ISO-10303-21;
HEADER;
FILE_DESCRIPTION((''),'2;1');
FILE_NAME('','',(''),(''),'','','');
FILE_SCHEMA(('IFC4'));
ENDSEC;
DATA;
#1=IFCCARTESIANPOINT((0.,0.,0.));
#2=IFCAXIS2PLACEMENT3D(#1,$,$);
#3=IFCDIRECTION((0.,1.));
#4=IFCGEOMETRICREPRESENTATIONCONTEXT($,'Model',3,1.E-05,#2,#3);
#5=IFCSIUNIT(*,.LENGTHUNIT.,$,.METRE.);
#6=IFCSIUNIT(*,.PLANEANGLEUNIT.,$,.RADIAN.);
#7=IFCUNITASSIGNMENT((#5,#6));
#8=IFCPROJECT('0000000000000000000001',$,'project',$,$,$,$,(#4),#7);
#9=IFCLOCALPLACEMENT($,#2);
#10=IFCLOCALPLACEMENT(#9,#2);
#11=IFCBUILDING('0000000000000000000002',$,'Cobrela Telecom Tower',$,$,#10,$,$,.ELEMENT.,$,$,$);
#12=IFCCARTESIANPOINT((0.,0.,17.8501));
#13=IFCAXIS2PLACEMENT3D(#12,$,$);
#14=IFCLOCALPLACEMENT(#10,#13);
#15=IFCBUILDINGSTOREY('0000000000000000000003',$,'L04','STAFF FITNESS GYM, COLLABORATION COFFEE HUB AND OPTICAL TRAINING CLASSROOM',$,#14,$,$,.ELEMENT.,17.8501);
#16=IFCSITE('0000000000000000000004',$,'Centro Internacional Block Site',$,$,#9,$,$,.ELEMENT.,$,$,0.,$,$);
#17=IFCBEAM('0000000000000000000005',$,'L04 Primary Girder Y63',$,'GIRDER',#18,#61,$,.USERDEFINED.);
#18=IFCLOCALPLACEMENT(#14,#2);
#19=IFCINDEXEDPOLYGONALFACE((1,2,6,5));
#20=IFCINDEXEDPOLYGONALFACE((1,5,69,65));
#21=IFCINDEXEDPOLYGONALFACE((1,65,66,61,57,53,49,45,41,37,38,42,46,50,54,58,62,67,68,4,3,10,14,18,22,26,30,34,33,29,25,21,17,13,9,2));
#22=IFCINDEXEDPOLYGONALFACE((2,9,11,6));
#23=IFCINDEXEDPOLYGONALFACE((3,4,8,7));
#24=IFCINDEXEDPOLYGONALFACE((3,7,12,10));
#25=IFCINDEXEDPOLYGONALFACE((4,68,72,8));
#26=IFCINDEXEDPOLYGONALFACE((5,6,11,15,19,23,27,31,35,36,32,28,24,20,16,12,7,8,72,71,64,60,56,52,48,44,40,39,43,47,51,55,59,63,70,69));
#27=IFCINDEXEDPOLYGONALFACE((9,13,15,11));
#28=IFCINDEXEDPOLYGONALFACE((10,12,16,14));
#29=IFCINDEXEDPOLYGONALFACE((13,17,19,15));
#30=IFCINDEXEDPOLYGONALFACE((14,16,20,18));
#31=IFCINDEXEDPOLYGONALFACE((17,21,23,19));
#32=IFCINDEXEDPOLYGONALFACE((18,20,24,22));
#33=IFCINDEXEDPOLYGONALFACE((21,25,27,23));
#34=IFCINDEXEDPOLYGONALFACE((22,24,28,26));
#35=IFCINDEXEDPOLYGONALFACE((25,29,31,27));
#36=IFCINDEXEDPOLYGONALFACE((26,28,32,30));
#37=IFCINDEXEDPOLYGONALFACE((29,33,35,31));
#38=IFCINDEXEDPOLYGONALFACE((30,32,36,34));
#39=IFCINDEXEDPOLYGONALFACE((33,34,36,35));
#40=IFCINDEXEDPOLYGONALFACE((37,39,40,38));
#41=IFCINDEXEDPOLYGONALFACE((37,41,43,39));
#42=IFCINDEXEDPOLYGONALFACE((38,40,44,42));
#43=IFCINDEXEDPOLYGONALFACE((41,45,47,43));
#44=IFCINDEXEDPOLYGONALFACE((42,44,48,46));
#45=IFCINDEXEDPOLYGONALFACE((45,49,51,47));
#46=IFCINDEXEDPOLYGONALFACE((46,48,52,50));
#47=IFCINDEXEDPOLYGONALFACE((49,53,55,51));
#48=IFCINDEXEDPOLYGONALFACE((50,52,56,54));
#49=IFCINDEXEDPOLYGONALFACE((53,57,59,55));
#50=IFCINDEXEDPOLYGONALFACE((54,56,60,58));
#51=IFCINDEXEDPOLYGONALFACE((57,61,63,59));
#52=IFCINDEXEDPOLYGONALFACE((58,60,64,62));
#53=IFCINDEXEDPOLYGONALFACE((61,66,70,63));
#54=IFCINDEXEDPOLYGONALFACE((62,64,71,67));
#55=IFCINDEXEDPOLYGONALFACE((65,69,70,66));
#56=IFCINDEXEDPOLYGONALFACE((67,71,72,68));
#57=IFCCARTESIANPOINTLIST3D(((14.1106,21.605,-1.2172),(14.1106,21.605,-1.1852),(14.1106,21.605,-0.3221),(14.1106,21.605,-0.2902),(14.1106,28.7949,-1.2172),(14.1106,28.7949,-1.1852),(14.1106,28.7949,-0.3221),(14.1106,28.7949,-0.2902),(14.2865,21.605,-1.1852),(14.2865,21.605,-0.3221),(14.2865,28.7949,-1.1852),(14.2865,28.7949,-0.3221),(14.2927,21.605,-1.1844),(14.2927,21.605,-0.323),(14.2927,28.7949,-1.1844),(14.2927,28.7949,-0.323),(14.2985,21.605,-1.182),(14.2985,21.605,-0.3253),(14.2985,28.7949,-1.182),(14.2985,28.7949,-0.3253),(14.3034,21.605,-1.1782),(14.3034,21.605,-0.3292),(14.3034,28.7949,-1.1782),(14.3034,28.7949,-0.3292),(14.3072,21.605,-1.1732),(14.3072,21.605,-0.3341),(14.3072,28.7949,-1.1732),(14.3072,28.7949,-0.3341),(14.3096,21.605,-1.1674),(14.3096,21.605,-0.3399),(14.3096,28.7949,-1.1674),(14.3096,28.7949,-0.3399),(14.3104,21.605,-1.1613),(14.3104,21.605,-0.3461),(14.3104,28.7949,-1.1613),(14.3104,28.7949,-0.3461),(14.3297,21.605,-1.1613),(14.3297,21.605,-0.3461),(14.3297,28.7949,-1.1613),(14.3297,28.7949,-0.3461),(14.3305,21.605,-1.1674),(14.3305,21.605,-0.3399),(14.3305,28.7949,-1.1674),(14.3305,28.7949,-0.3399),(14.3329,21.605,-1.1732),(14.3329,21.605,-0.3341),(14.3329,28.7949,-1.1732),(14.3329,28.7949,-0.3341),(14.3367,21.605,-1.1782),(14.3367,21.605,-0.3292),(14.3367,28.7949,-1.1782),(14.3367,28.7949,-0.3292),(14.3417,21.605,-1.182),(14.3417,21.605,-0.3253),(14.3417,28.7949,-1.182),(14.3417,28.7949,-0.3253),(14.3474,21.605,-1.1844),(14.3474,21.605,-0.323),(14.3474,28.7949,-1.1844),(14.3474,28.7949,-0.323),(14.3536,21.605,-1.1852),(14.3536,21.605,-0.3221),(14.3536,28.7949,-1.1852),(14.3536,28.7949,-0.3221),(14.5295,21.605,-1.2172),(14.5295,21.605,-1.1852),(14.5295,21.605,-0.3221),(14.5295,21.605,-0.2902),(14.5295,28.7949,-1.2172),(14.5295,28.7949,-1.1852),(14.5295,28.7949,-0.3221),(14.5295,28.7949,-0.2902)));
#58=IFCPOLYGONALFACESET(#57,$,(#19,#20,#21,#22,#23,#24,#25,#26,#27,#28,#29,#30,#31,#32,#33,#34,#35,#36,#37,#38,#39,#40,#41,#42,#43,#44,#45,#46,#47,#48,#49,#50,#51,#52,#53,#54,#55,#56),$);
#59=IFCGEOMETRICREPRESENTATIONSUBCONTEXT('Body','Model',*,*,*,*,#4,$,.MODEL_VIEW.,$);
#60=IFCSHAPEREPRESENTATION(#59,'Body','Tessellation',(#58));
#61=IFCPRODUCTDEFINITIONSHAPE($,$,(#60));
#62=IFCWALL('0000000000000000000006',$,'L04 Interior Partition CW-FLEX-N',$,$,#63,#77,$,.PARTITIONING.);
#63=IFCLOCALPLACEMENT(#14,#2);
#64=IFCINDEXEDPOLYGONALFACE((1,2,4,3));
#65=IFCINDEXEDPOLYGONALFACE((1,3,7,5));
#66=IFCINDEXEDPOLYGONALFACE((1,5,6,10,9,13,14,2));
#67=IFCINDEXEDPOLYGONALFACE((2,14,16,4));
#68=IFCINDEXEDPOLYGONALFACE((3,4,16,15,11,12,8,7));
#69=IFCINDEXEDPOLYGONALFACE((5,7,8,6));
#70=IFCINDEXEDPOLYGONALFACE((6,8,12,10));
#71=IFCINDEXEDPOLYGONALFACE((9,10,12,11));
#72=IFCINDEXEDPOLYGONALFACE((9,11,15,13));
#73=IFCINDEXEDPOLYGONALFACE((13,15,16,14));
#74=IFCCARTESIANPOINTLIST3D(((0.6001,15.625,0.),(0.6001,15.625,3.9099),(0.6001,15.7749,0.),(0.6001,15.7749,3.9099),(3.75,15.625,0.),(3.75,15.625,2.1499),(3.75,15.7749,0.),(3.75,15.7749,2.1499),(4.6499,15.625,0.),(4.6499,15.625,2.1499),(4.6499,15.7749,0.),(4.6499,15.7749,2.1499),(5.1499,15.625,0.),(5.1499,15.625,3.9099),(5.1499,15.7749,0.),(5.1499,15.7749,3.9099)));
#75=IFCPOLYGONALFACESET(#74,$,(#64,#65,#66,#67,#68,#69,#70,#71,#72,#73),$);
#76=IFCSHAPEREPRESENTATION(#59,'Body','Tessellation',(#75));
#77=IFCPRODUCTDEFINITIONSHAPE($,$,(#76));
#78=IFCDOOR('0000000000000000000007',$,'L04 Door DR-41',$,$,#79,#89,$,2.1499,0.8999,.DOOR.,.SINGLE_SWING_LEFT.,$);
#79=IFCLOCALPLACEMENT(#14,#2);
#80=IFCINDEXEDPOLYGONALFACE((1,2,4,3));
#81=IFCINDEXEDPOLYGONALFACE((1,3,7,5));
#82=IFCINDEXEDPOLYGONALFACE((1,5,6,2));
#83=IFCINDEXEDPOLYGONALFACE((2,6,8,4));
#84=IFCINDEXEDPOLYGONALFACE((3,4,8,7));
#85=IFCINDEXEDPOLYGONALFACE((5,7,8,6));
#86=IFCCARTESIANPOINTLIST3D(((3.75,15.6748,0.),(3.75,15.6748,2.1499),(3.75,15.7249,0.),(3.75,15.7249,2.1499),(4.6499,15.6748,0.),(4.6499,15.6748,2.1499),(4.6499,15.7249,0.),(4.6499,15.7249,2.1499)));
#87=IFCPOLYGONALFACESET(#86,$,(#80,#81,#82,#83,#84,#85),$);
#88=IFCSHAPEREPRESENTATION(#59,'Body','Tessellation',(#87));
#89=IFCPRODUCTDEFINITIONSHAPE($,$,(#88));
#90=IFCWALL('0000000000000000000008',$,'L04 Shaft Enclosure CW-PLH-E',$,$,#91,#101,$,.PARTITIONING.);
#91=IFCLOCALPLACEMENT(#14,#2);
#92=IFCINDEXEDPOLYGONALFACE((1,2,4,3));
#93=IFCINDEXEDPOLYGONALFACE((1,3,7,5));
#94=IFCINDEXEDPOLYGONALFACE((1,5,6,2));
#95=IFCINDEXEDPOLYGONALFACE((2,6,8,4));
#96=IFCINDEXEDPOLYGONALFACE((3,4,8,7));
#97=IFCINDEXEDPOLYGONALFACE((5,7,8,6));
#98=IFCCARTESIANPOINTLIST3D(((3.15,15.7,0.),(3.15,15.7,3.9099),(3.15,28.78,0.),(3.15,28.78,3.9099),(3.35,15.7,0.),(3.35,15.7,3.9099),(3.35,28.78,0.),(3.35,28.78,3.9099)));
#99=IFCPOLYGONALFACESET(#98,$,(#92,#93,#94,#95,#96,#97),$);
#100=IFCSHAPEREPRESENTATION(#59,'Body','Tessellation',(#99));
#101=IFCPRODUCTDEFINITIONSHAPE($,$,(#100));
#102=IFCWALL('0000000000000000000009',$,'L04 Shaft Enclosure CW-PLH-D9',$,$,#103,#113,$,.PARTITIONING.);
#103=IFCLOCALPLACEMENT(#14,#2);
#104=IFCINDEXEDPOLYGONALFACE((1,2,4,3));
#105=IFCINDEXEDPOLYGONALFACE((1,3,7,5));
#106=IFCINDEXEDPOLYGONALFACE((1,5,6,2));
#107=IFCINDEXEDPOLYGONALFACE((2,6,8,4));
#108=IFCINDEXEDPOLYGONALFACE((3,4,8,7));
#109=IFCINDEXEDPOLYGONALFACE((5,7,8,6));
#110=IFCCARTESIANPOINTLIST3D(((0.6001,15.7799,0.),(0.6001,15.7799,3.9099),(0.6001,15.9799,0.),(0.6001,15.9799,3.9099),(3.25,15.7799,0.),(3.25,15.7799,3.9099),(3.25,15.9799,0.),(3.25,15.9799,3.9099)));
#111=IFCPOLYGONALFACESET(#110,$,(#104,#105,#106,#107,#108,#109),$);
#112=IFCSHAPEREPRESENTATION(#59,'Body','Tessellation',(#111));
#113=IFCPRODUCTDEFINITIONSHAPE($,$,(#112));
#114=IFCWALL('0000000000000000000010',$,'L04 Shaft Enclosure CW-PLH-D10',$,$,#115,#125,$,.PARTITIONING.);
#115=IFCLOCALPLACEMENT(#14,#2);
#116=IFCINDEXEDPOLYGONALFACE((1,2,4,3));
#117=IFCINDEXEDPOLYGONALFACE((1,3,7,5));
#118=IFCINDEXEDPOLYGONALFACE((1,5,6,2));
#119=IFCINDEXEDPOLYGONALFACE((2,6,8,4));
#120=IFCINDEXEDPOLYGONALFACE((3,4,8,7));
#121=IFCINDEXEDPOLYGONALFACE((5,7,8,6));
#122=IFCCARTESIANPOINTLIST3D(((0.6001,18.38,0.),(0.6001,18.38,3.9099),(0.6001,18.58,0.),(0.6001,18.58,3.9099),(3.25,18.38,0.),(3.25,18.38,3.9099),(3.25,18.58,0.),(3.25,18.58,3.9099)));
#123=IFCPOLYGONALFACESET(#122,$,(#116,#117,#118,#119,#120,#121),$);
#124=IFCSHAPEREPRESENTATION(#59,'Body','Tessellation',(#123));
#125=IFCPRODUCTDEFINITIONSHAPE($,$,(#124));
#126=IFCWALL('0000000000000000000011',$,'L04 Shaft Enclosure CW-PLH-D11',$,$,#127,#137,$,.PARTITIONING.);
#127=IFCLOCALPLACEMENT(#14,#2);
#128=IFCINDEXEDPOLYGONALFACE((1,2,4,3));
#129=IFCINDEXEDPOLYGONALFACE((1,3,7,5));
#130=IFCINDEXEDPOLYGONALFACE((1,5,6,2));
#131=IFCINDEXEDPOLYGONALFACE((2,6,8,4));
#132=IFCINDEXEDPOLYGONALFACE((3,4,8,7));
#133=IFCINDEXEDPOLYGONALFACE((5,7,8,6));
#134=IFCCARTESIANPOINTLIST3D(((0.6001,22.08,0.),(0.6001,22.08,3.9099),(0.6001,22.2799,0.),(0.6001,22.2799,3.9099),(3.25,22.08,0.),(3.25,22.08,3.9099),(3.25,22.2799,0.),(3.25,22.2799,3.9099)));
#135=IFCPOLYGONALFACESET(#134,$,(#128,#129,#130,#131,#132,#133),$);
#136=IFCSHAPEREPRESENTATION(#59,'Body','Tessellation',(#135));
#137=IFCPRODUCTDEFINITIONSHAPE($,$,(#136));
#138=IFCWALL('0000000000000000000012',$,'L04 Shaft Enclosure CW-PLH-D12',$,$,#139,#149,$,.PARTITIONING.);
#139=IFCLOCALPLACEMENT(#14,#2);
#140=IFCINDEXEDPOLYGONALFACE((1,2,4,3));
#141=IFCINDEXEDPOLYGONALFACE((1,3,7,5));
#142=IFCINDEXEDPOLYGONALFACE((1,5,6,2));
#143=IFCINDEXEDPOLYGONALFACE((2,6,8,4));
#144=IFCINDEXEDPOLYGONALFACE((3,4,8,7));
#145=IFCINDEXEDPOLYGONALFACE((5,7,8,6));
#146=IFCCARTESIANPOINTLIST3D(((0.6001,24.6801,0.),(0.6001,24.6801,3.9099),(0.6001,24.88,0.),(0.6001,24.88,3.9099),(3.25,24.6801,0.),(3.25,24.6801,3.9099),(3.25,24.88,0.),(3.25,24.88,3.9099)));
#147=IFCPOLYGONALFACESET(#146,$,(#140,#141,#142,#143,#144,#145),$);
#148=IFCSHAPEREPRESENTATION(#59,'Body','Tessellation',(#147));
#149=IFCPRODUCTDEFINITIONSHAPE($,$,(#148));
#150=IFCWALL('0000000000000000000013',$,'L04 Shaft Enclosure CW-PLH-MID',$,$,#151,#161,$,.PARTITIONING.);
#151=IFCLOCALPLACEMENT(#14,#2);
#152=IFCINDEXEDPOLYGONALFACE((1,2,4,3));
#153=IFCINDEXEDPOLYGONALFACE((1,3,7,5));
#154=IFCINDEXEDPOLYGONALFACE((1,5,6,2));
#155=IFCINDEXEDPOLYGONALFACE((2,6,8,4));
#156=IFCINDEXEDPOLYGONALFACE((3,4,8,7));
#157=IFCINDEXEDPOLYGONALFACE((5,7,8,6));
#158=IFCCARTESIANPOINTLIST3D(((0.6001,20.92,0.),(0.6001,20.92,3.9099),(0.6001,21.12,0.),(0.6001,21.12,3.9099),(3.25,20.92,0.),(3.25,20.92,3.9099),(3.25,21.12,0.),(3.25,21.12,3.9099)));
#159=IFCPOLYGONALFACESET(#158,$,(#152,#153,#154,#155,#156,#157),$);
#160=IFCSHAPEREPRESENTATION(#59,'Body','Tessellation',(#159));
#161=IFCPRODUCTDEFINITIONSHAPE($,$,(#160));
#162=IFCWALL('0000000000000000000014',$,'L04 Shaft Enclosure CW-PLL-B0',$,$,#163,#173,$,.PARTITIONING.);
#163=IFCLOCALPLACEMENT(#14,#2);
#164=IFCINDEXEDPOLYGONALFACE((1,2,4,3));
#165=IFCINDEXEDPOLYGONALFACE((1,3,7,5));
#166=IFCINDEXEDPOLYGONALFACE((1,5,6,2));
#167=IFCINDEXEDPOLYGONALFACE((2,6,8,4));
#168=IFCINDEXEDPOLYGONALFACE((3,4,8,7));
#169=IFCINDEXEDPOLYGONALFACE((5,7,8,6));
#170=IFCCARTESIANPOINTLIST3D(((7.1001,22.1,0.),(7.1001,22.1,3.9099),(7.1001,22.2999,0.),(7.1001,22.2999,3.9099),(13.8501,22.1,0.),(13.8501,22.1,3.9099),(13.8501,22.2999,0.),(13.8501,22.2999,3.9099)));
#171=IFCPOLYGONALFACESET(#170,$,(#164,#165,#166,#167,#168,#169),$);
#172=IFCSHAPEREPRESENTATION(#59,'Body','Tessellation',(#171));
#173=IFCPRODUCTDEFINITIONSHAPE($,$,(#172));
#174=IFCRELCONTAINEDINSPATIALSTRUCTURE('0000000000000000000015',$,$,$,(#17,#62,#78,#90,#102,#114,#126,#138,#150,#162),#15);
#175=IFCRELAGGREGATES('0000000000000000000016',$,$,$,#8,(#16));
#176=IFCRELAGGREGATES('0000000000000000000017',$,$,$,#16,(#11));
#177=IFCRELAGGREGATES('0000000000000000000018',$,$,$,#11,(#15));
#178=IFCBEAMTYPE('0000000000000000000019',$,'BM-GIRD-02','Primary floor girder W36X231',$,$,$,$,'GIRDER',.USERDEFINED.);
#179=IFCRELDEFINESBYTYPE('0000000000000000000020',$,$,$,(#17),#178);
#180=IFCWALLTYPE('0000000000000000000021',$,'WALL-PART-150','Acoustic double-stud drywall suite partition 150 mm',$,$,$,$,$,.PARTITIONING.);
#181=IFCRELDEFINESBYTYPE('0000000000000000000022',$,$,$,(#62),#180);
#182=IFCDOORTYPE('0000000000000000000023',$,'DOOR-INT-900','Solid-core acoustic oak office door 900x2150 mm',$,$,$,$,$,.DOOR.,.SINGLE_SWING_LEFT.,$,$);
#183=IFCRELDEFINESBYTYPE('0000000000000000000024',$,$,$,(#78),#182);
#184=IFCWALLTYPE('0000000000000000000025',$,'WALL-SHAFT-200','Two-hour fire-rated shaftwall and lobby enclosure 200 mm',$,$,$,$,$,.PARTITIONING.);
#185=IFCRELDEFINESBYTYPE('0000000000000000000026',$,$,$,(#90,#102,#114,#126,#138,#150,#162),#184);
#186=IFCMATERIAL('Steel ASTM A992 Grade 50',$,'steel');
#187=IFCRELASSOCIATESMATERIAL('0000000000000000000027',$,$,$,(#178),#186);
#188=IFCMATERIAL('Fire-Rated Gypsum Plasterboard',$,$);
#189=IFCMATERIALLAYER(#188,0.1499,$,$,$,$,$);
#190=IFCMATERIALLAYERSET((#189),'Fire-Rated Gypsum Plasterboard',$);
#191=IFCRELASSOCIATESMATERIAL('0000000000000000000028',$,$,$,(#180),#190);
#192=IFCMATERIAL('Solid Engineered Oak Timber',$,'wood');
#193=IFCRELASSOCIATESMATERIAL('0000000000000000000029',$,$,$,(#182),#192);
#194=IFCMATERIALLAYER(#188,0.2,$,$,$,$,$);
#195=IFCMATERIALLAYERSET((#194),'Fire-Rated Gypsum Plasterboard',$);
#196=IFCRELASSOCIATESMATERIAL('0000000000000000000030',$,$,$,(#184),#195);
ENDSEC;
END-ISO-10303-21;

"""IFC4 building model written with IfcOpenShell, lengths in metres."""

from ifc_helpers import new_model, si_unit, direction, frame, frame_2d, origin, origin_2d, place, context, subcontext, project, spatial, rectangle, i_section, extrude, material, layer, layer_set, material_profile, profile_set, type_object, element, fill, save


model = new_model("IFC4")

# Units and contexts
model_context = context("Model", 3, precision=1e-05, world=origin(), true_north=direction((0.0, 1.0)))
body_context = subcontext(model_context, "Body", "Model", "MODEL_VIEW")
ifc_project = project(units=[si_unit("LENGTHUNIT", "METRE"), si_unit("PLANEANGLEUNIT", "RADIAN")], contexts=[model_context])

# Site, building, storey
site_placement = place(None, origin())
site = spatial("IfcSite", under=ifc_project, at=site_placement, Name="Centro Internacional Block Site", CompositionType="ELEMENT", RefElevation=0.0)
building_placement = place(site_placement, origin())
building = spatial("IfcBuilding", under=site, at=building_placement, Name="Cobrela Telecom Tower", CompositionType="ELEMENT")
storey_placement = place(building_placement, frame((0.0, 0.0, 17.8501)))
storey = spatial("IfcBuildingStorey", under=building, at=storey_placement, Name="L04", Description="STAFF FITNESS GYM, COLLABORATION COFFEE HUB AND OPTICAL TRAINING CLASSROOM", CompositionType="ELEMENT", Elevation=17.8501)

# Beam
ifc_material_1 = material(Name="Steel ASTM A992 Grade 50", Category="steel")
ifc_material_profile = material_profile(ifc_material_1, i_section(OverallWidth=0.4189, OverallDepth=0.927, WebThickness=0.0193, FlangeThickness=0.032, FilletRadius=0.0239, at=origin_2d()), Name="W36X231")
ifc_profile_set = profile_set([ifc_material_profile], Name="Steel ASTM A992 Grade 50")
beam_type = type_object("IfcBeamType", Name="BM-GIRD-02", Description="Primary floor girder W36X231", ElementType="GIRDER", PredefinedType="USERDEFINED", material=ifc_profile_set)
beam_placement = place(storey_placement, frame((14.3201, 21.605, -0.7537), z_axis=(0.0, 1.0, 0.0), x_axis=(-1.0, 0.0, 0.0)))
element("IfcBeam", 1, at=beam_placement, inside=storey, type_object=beam_type, Name="L04 Primary Girder Y63", ObjectType="GIRDER", PredefinedType="USERDEFINED", context=body_context, shape_type="SweptSolid", body=[
    extrude(i_section(OverallWidth=0.4189, OverallDepth=0.927, WebThickness=0.0193, FlangeThickness=0.032, FilletRadius=0.0239, at=origin_2d()), origin(), (0.0, 0.0, 1.0), 7.1899),
])

# Wall, opening, door
ifc_material_2 = material(Name="Fire-Rated Gypsum Plasterboard")
ifc_layer_1 = layer(ifc_material_2, 0.1499)
ifc_layer_set_1 = layer_set([ifc_layer_1], Name="Fire-Rated Gypsum Plasterboard")
wall_type_1 = type_object("IfcWallType", Name="WALL-PART-150", Description="Acoustic double-stud drywall suite partition 150 mm", PredefinedType="PARTITIONING", material=ifc_layer_set_1)
wall_1_placement = place(storey_placement, frame((0.6001, 15.7, 0.0), z_axis=(0.0, 0.0, 1.0), x_axis=(1.0, 0.0, 0.0)))
wall_1 = element("IfcWall", 2, at=wall_1_placement, inside=storey, type_object=wall_type_1, Name="L04 Interior Partition CW-FLEX-N", PredefinedType="PARTITIONING", context=body_context, shape_type="SweptSolid", body=[
    extrude(rectangle(XDim=4.5498, YDim=0.1499, at=frame_2d((2.2749, 0.0))), origin(), (0.0, 0.0, 1.0), 3.9099),
])
opening_1_placement = place(wall_1_placement, frame((3.1499, 0.0, 0.0)))
opening_1 = element("IfcOpeningElement", 3, at=opening_1_placement, cuts=wall_1, PredefinedType="OPENING", context=body_context, shape_type="SweptSolid", body=[
    extrude(rectangle(XDim=0.8999, YDim=2.1499, at=frame_2d((0.45, 1.075))), frame((0.0, 0.0869, 0.0), z_axis=(0.0, -1.0, 0.0), x_axis=(1.0, 0.0, 0.0)), (0.0, 0.0, 1.0), 0.1738),
])
ifc_material_3 = material(Name="Solid Engineered Oak Timber", Category="wood")
door_type_1 = type_object("IfcDoorType", Name="DOOR-INT-900", Description="Solid-core acoustic oak office door 900x2150 mm", OperationType="SINGLE_SWING_LEFT", PredefinedType="DOOR", material=ifc_material_3)
door_1_placement = place(opening_1_placement, origin())
door_1 = element("IfcDoor", 4, at=door_1_placement, inside=storey, type_object=door_type_1, Name="L04 Door DR-41", OperationType="SINGLE_SWING_LEFT", OverallHeight=2.1499, OverallWidth=0.8999, PredefinedType="DOOR", context=body_context, shape_type="SweptSolid", body=[
    extrude(rectangle(XDim=0.8999, YDim=2.1499, at=frame_2d((0.45, 1.075))), frame((0.0, 0.0249, 0.0), z_axis=(0.0, -1.0, 0.0), x_axis=(1.0, 0.0, 0.0)), (0.0, 0.0, 1.0), 0.05),
])
fill(opening_1, door_1)

# Walls
ifc_layer_2 = layer(ifc_material_2, 0.2)
ifc_layer_set_2 = layer_set([ifc_layer_2], Name="Fire-Rated Gypsum Plasterboard")
wall_type_2 = type_object("IfcWallType", Name="WALL-SHAFT-200", Description="Two-hour fire-rated shaftwall and lobby enclosure 200 mm", PredefinedType="PARTITIONING", material=ifc_layer_set_2)
wall_2_placement = place(storey_placement, frame((3.25, 15.7, 0.0), z_axis=(0.0, 0.0, 1.0), x_axis=(0.0, 1.0, 0.0)))
element("IfcWall", 5, at=wall_2_placement, inside=storey, type_object=wall_type_2, Name="L04 Shaft Enclosure CW-PLH-E", PredefinedType="PARTITIONING", context=body_context, shape_type="SweptSolid", body=[
    extrude(rectangle(XDim=13.0801, YDim=0.2, at=frame_2d((6.54, 0.0))), origin(), (0.0, 0.0, 1.0), 3.9099),
])
for number, where, z_axis, x_axis, name in (
    (6, (0.6001, 15.8799, 0.0), (0.0, 0.0, 1.0), (1.0, 0.0, 0.0), "L04 Shaft Enclosure CW-PLH-D9"),
    (7, (0.6001, 18.48, 0.0), (0.0, 0.0, 1.0), (1.0, 0.0, 0.0), "L04 Shaft Enclosure CW-PLH-D10"),
    (8, (0.6001, 22.1799, 0.0), (0.0, 0.0, 1.0), (1.0, 0.0, 0.0), "L04 Shaft Enclosure CW-PLH-D11"),
    (9, (0.6001, 24.78, 0.0), (0.0, 0.0, 1.0), (1.0, 0.0, 0.0), "L04 Shaft Enclosure CW-PLH-D12"),
    (10, (0.6001, 21.02, 0.0), (0.0, 0.0, 1.0), (1.0, 0.0, 0.0), "L04 Shaft Enclosure CW-PLH-MID"),
):
    element("IfcWall", number, at=place(storey_placement, frame(where, z_axis=z_axis, x_axis=x_axis)), inside=storey, type_object=wall_type_2, Name=name, PredefinedType="PARTITIONING", context=body_context, shape_type="SweptSolid", body=[
        extrude(rectangle(XDim=2.6499, YDim=0.2, at=frame_2d((1.325, 0.0))), origin(), (0.0, 0.0, 1.0), 3.9099),
    ])
wall_3_placement = place(storey_placement, frame((7.1001, 22.2, 0.0), z_axis=(0.0, 0.0, 1.0), x_axis=(1.0, 0.0, 0.0)))
element("IfcWall", 11, at=wall_3_placement, inside=storey, type_object=wall_type_2, Name="L04 Shaft Enclosure CW-PLL-B0", PredefinedType="PARTITIONING", context=body_context, shape_type="SweptSolid", body=[
    extrude(rectangle(XDim=6.75, YDim=0.2, at=frame_2d((3.375, 0.0))), origin(), (0.0, 0.0, 1.0), 3.9099),
])

save(model, "model.ifc")
